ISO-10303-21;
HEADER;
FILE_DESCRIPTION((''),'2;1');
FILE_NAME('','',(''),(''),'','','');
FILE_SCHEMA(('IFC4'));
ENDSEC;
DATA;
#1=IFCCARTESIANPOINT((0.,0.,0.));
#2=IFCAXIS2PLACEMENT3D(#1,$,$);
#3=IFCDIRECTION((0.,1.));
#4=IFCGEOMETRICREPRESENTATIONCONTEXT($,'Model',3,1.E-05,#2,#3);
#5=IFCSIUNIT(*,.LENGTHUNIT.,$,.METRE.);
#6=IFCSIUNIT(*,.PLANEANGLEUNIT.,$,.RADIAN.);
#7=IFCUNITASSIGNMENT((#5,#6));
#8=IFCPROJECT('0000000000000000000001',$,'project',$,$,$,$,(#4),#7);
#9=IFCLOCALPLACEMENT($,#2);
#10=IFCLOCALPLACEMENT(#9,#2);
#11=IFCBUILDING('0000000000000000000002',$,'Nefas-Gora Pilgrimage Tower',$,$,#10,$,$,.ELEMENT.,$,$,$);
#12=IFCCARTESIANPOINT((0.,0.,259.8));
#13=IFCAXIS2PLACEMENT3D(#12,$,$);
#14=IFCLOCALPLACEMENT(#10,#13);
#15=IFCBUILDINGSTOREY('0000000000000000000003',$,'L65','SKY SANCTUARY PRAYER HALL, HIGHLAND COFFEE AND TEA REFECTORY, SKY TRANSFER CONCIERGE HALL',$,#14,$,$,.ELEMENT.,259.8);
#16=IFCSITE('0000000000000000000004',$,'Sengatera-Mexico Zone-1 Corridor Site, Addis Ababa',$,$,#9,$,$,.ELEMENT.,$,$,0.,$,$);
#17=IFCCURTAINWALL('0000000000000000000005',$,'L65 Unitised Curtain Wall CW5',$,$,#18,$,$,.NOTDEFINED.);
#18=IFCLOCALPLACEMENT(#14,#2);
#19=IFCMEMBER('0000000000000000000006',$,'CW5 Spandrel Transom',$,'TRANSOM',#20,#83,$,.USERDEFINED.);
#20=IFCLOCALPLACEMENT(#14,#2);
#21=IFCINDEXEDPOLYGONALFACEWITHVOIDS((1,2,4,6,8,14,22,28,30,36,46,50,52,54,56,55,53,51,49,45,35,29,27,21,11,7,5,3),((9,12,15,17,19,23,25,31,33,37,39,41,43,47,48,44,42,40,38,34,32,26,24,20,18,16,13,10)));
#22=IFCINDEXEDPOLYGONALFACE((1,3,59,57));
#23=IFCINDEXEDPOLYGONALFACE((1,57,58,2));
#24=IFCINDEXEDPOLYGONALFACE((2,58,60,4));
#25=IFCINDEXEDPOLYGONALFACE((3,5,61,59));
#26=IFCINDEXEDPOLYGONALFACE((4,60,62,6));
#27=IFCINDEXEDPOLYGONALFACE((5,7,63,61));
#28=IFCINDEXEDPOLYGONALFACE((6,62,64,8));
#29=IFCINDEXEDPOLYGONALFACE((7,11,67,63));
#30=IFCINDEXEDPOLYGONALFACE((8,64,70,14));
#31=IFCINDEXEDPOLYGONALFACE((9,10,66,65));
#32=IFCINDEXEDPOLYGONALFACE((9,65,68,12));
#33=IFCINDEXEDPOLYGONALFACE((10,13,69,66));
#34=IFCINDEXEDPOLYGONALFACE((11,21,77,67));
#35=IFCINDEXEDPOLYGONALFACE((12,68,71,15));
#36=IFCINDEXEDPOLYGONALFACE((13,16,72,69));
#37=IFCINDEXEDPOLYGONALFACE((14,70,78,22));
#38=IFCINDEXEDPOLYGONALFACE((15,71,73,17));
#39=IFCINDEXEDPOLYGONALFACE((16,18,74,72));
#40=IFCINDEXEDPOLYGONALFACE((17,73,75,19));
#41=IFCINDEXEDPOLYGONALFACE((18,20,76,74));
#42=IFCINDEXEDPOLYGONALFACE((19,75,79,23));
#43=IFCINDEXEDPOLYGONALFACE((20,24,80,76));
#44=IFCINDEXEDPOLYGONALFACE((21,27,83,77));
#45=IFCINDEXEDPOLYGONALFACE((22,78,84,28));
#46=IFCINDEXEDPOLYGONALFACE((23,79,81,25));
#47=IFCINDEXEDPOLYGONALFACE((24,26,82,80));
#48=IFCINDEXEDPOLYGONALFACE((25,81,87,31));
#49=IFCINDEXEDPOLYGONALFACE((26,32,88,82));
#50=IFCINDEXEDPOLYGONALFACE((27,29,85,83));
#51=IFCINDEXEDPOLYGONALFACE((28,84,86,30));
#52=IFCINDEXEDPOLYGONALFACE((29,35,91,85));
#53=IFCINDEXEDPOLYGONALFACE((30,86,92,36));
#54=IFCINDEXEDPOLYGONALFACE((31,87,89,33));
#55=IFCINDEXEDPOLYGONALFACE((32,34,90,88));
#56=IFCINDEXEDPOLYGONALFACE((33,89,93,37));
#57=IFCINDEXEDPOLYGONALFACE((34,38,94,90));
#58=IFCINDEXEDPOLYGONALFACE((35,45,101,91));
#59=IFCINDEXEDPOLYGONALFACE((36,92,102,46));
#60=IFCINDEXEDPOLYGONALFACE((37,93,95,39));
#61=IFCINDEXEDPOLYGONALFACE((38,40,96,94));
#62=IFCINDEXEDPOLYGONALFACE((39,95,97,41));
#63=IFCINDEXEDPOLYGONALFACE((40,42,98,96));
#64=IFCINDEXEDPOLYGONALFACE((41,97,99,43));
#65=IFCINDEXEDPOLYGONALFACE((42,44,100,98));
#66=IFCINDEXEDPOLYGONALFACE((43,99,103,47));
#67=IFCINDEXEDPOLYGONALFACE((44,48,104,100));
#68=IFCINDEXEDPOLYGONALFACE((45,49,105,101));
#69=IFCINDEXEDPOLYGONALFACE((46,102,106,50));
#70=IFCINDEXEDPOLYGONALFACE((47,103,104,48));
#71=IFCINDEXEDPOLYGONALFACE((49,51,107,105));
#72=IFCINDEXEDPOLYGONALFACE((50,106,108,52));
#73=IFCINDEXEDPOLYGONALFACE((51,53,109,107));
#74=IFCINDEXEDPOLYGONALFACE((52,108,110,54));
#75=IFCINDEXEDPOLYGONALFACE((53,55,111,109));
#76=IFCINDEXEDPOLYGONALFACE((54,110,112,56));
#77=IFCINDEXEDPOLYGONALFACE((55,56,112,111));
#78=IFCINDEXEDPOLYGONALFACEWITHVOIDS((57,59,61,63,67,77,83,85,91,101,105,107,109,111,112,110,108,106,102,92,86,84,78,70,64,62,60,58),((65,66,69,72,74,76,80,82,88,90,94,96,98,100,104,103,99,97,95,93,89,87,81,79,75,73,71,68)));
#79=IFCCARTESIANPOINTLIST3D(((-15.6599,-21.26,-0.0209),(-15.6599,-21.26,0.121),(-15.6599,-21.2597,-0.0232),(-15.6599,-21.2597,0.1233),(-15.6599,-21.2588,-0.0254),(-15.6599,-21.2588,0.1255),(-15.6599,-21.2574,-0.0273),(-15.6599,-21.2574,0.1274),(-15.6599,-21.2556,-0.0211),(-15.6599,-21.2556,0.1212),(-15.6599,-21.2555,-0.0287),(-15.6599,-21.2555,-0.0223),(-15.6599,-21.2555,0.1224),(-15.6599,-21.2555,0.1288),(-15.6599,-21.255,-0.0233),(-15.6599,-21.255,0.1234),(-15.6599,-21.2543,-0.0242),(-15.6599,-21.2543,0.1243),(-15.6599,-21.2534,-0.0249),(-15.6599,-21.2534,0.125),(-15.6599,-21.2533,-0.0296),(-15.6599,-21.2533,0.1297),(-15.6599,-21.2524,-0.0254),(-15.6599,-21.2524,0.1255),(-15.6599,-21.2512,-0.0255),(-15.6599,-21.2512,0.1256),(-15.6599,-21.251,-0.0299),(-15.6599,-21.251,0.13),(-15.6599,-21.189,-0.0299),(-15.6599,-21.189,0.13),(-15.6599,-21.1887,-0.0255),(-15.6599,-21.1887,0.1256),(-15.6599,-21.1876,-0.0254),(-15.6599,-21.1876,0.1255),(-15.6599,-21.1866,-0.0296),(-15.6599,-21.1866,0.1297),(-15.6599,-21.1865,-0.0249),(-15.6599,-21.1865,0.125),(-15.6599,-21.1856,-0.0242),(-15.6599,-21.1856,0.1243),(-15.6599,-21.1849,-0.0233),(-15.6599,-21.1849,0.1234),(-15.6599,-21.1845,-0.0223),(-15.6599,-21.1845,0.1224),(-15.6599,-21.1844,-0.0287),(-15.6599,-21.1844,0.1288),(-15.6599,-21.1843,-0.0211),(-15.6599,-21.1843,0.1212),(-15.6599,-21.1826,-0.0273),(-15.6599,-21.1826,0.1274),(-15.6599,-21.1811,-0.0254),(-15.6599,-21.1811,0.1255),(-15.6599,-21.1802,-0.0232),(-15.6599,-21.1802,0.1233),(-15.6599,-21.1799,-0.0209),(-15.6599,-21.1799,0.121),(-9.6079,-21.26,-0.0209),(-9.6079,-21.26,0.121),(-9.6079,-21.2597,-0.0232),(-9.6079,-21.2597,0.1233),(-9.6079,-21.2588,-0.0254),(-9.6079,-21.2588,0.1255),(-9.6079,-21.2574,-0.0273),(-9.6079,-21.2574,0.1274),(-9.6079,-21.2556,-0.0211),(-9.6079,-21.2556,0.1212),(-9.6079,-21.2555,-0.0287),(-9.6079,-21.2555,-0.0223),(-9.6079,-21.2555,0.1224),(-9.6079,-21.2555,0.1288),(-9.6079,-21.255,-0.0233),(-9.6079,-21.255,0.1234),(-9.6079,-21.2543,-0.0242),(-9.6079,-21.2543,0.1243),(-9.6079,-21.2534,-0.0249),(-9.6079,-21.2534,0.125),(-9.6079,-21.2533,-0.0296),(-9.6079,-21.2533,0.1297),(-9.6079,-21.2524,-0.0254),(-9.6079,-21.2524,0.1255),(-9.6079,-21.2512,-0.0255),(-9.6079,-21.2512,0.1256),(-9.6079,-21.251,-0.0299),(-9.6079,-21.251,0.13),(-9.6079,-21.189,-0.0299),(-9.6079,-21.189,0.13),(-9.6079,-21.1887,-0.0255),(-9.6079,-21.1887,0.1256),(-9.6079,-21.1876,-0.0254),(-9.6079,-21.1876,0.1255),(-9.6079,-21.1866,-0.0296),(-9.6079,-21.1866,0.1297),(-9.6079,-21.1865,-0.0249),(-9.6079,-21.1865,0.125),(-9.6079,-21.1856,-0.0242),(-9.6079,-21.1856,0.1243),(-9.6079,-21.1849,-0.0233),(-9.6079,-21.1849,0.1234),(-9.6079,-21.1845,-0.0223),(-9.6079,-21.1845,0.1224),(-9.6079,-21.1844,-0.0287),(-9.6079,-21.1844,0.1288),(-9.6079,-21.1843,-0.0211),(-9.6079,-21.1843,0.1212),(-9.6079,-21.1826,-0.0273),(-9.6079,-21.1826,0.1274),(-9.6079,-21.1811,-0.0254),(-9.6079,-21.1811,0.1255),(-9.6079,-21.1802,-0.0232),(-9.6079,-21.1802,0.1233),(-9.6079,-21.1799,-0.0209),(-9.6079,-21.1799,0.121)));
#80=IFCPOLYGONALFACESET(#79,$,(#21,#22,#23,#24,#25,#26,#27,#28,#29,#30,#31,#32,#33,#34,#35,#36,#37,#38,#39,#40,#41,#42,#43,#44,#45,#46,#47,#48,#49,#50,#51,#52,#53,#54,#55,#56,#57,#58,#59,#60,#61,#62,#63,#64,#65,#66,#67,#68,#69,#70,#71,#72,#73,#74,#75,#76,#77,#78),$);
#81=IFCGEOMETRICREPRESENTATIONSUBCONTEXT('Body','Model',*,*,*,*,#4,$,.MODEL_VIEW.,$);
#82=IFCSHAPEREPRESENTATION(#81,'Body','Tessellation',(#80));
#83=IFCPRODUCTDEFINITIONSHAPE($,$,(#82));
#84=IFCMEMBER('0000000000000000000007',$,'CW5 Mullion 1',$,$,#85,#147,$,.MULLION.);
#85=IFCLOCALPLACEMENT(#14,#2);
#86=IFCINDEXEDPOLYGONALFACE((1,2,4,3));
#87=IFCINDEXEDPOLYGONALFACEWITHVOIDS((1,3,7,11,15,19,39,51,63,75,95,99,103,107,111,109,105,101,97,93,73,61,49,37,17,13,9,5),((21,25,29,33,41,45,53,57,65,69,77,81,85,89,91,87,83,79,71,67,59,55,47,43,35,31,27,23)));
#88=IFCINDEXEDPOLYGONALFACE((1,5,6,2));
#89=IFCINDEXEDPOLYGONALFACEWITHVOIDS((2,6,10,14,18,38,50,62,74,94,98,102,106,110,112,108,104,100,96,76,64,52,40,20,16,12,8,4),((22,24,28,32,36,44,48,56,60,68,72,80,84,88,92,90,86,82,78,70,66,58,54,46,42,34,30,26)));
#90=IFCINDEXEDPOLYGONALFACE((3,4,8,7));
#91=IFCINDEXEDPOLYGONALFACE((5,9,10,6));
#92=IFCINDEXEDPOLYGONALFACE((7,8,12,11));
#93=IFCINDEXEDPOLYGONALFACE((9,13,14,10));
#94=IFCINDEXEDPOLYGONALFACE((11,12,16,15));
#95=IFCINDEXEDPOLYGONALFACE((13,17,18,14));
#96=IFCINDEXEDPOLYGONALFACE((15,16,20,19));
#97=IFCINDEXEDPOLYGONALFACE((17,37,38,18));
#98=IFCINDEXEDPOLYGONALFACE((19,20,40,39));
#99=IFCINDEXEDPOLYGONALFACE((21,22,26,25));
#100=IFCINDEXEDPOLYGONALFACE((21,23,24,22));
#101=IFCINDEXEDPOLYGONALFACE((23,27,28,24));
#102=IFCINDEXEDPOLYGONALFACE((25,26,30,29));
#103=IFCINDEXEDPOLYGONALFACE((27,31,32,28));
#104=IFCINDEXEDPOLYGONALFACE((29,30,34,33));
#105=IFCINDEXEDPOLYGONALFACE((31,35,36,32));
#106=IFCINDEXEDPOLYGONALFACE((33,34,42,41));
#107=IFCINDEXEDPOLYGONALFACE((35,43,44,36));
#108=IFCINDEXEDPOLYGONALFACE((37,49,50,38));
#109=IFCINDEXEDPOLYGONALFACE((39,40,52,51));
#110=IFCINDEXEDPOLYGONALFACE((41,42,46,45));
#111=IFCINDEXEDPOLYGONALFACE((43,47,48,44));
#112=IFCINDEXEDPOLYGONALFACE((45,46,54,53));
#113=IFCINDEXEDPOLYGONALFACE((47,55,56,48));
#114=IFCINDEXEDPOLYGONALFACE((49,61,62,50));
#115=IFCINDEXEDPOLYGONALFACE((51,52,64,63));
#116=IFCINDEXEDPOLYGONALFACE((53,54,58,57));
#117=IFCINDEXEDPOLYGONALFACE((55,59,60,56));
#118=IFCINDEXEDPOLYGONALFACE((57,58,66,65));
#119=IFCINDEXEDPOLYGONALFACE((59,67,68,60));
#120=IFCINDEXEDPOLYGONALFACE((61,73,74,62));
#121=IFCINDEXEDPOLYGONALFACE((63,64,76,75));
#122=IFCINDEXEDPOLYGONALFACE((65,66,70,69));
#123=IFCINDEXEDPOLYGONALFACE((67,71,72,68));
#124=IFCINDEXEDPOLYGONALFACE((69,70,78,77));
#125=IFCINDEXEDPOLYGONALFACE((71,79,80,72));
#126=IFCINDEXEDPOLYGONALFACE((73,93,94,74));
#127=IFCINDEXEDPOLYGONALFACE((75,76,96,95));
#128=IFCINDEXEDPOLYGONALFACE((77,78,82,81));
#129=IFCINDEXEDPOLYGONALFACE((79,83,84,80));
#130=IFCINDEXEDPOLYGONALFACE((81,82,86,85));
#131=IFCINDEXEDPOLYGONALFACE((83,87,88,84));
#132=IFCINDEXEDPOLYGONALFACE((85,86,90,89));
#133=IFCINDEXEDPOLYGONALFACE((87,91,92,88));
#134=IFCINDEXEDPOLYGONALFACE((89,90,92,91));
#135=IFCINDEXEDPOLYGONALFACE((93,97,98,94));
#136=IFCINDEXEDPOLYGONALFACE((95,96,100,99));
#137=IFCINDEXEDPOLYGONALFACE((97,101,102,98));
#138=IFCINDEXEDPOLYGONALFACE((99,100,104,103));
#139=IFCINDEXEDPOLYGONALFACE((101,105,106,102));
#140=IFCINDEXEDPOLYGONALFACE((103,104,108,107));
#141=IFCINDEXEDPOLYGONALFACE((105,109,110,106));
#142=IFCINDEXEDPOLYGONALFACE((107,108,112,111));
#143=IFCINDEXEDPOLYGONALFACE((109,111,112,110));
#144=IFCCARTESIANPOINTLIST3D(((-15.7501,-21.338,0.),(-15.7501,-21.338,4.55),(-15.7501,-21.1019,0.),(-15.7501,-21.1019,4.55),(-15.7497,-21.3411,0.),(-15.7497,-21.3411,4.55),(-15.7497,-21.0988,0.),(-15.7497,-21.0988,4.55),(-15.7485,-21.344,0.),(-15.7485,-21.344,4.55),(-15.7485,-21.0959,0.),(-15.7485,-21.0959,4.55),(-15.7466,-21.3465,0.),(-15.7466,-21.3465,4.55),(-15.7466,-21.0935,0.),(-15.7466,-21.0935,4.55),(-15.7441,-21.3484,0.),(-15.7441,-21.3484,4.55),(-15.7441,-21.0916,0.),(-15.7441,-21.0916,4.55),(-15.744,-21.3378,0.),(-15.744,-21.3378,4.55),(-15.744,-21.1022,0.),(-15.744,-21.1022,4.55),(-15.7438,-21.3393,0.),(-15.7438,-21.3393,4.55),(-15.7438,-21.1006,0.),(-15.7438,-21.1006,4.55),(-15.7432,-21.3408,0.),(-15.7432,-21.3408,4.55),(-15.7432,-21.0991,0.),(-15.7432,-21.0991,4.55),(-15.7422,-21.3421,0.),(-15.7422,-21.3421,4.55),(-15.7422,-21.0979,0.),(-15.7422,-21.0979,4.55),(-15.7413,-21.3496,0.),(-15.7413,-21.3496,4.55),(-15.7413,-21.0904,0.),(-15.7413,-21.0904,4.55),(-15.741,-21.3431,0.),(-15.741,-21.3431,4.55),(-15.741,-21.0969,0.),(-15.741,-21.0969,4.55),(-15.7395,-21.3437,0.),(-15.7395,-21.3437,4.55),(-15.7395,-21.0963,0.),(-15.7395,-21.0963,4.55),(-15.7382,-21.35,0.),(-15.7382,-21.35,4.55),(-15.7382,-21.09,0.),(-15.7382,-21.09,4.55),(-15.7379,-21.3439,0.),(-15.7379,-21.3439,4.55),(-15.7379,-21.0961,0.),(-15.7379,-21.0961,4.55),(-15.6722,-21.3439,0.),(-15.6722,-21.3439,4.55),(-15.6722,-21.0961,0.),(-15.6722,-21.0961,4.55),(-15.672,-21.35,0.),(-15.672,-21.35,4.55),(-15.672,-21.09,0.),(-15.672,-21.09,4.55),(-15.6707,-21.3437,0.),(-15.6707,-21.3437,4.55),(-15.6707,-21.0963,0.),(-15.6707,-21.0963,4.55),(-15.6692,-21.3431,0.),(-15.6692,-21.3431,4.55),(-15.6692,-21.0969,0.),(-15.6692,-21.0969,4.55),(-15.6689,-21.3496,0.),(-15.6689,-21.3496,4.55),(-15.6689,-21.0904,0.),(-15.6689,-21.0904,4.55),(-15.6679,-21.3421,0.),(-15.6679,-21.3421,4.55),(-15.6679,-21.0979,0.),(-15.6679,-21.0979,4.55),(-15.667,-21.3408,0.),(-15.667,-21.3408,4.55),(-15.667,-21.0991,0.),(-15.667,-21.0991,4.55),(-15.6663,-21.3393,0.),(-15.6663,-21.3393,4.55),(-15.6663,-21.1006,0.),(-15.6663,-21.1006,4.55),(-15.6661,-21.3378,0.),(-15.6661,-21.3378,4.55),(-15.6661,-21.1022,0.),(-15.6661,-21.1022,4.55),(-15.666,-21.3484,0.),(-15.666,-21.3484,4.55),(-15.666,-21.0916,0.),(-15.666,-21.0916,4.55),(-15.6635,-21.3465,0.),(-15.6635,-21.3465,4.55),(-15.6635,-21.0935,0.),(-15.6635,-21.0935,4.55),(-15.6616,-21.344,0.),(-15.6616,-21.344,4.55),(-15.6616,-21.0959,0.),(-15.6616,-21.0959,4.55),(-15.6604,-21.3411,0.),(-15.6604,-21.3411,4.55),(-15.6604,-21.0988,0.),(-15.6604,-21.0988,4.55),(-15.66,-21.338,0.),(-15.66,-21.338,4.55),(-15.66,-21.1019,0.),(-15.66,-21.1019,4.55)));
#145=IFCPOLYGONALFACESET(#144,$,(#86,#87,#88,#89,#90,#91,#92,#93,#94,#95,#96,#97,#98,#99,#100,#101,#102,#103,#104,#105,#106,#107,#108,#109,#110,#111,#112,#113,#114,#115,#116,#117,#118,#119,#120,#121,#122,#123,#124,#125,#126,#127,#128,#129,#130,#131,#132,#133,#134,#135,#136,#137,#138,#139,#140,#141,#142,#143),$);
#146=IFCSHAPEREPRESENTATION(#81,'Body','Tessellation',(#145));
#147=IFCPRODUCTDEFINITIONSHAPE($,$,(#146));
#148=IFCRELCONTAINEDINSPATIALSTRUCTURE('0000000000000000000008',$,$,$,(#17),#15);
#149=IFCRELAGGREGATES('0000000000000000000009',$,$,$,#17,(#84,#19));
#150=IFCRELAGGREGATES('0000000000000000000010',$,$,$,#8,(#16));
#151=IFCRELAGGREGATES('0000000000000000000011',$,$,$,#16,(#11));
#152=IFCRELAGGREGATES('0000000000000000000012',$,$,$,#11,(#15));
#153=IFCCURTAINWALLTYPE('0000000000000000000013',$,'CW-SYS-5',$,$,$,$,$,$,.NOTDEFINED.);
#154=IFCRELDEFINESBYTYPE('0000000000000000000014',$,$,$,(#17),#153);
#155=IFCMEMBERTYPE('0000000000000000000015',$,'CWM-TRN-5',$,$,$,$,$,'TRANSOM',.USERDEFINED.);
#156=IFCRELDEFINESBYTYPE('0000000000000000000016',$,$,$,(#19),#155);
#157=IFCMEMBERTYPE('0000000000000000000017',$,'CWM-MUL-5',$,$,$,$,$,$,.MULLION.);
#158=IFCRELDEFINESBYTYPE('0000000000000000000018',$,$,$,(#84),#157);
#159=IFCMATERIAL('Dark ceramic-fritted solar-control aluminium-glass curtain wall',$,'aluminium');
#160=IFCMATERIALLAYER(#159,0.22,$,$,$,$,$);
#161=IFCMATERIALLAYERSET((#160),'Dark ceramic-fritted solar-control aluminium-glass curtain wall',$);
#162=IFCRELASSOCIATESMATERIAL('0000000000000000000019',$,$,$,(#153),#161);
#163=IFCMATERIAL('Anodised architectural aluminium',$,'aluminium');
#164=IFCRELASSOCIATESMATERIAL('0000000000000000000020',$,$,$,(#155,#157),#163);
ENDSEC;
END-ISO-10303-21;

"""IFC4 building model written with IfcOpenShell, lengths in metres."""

from ifc_helpers import new_model, si_unit, direction, frame, origin, origin_2d, place, context, subcontext, project, spatial, hollow_rectangle, extrude, source, transform, mapped, material, layer, layer_set, material_profile, profile_set, type_object, element, aggregate, save


model = new_model("IFC4")

# Units and contexts
model_context = context("Model", 3, precision=1e-05, world=origin(), true_north=direction((0.0, 1.0)))
body_context = subcontext(model_context, "Body", "Model", "MODEL_VIEW")
ifc_project = project(units=[si_unit("LENGTHUNIT", "METRE"), si_unit("PLANEANGLEUNIT", "RADIAN")], contexts=[model_context])

# Site, building, storey
site_placement = place(None, origin())
site = spatial("IfcSite", under=ifc_project, at=site_placement, Name="Sengatera-Mexico Zone-1 Corridor Site, Addis Ababa", CompositionType="ELEMENT", RefElevation=0.0)
building_placement = place(site_placement, origin())
building = spatial("IfcBuilding", under=site, at=building_placement, Name="Nefas-Gora Pilgrimage Tower", CompositionType="ELEMENT")
storey_placement = place(building_placement, frame((0.0, 0.0, 259.8)))
storey = spatial("IfcBuildingStorey", under=building, at=storey_placement, Name="L65", Description="SKY SANCTUARY PRAYER HALL, HIGHLAND COFFEE AND TEA REFECTORY, SKY TRANSFER CONCIERGE HALL", CompositionType="ELEMENT", Elevation=259.8)

# Curtain wall, members
ifc_material_1 = material(Name="Dark ceramic-fritted solar-control aluminium-glass curtain wall", Category="aluminium")
ifc_layer_1 = layer(ifc_material_1, 0.22)
ifc_layer_set_1 = layer_set([ifc_layer_1], Name="Dark ceramic-fritted solar-control aluminium-glass curtain wall")
curtain_wall_type_1 = type_object("IfcCurtainWallType", Name="CW-SYS-5", PredefinedType="NOTDEFINED", material=ifc_layer_set_1)
curtain_wall_1_placement = place(storey_placement, origin())
curtain_wall_1 = element("IfcCurtainWall", 1, at=curtain_wall_1_placement, inside=storey, type_object=curtain_wall_type_1, Name="L65 Unitised Curtain Wall CW5", PredefinedType="NOTDEFINED")
ifc_material_2 = material(Name="Anodised architectural aluminium", Category="aluminium")
ifc_material_profile_1 = material_profile(ifc_material_2, hollow_rectangle(XDim=0.0801, YDim=0.1599, WallThickness=0.0044, InnerFilletRadius=0.0044, OuterFilletRadius=0.009, at=origin_2d()), Name="ALU TRANSOM 80x160")
ifc_profile_set_1 = profile_set([ifc_material_profile_1], Name="Anodised architectural aluminium")
member_type_1 = type_object("IfcMemberType", Name="CWM-TRN-5", ElementType="TRANSOM", PredefinedType="USERDEFINED", material=ifc_profile_set_1)
shared_shape_1 = source(origin(), body_context, "Body", "SweptSolid", [
    extrude(hollow_rectangle(XDim=0.0801, YDim=0.1599, WallThickness=0.0044, InnerFilletRadius=0.0044, OuterFilletRadius=0.009, at=origin_2d()), origin(), (0.0, 0.0, 1.0), 6.052),
])
member_1_placement = place(storey_placement, frame((-15.6599, -21.22, 0.05), z_axis=(1.0, 0.0, 0.0), x_axis=(0.0, 1.0, 0.0)))
member_1 = element("IfcMember", 2, at=member_1_placement, type_object=member_type_1, Name="CW5 Spandrel Transom", ObjectType="TRANSOM", PredefinedType="USERDEFINED", context=body_context, shape_type="MappedRepresentation", body=[
    mapped(shared_shape_1, transform((0.0, 0.0, 0.0), x_axis=(1.0, 0.0, 0.0), y_axis=(0.0, 1.0, 0.0), z_axis=(0.0, 0.0, 1.0), scale=1.0)),
])
ifc_material_profile_2 = material_profile(ifc_material_2, hollow_rectangle(XDim=0.0901, YDim=0.26, WallThickness=0.0061, InnerFilletRadius=0.0061, OuterFilletRadius=0.012, at=origin_2d()), Name="ALU MULLION 90x260")
ifc_profile_set_2 = profile_set([ifc_material_profile_2], Name="Anodised architectural aluminium")
member_type_2 = type_object("IfcMemberType", Name="CWM-MUL-5", PredefinedType="MULLION", material=ifc_profile_set_2)
shared_shape_2 = source(origin(), body_context, "Body", "SweptSolid", [
    extrude(hollow_rectangle(XDim=0.0901, YDim=0.26, WallThickness=0.0061, InnerFilletRadius=0.0061, OuterFilletRadius=0.012, at=origin_2d()), origin(), (0.0, 0.0, 1.0), 4.55),
])
member_2_placement = place(storey_placement, frame((-15.7051, -21.22, 0.0), z_axis=(0.0, 0.0, 1.0), x_axis=(1.0, 0.0, 0.0)))
member_2 = element("IfcMember", 3, at=member_2_placement, type_object=member_type_2, Name="CW5 Mullion 1", PredefinedType="MULLION", context=body_context, shape_type="MappedRepresentation", body=[
    mapped(shared_shape_2, transform((0.0, 0.0, 0.0), x_axis=(1.0, 0.0, 0.0), y_axis=(0.0, 1.0, 0.0), z_axis=(0.0, 0.0, 1.0), scale=1.0)),
])

aggregate(curtain_wall_1, [member_2, member_1])

save(model, "model.ifc")
